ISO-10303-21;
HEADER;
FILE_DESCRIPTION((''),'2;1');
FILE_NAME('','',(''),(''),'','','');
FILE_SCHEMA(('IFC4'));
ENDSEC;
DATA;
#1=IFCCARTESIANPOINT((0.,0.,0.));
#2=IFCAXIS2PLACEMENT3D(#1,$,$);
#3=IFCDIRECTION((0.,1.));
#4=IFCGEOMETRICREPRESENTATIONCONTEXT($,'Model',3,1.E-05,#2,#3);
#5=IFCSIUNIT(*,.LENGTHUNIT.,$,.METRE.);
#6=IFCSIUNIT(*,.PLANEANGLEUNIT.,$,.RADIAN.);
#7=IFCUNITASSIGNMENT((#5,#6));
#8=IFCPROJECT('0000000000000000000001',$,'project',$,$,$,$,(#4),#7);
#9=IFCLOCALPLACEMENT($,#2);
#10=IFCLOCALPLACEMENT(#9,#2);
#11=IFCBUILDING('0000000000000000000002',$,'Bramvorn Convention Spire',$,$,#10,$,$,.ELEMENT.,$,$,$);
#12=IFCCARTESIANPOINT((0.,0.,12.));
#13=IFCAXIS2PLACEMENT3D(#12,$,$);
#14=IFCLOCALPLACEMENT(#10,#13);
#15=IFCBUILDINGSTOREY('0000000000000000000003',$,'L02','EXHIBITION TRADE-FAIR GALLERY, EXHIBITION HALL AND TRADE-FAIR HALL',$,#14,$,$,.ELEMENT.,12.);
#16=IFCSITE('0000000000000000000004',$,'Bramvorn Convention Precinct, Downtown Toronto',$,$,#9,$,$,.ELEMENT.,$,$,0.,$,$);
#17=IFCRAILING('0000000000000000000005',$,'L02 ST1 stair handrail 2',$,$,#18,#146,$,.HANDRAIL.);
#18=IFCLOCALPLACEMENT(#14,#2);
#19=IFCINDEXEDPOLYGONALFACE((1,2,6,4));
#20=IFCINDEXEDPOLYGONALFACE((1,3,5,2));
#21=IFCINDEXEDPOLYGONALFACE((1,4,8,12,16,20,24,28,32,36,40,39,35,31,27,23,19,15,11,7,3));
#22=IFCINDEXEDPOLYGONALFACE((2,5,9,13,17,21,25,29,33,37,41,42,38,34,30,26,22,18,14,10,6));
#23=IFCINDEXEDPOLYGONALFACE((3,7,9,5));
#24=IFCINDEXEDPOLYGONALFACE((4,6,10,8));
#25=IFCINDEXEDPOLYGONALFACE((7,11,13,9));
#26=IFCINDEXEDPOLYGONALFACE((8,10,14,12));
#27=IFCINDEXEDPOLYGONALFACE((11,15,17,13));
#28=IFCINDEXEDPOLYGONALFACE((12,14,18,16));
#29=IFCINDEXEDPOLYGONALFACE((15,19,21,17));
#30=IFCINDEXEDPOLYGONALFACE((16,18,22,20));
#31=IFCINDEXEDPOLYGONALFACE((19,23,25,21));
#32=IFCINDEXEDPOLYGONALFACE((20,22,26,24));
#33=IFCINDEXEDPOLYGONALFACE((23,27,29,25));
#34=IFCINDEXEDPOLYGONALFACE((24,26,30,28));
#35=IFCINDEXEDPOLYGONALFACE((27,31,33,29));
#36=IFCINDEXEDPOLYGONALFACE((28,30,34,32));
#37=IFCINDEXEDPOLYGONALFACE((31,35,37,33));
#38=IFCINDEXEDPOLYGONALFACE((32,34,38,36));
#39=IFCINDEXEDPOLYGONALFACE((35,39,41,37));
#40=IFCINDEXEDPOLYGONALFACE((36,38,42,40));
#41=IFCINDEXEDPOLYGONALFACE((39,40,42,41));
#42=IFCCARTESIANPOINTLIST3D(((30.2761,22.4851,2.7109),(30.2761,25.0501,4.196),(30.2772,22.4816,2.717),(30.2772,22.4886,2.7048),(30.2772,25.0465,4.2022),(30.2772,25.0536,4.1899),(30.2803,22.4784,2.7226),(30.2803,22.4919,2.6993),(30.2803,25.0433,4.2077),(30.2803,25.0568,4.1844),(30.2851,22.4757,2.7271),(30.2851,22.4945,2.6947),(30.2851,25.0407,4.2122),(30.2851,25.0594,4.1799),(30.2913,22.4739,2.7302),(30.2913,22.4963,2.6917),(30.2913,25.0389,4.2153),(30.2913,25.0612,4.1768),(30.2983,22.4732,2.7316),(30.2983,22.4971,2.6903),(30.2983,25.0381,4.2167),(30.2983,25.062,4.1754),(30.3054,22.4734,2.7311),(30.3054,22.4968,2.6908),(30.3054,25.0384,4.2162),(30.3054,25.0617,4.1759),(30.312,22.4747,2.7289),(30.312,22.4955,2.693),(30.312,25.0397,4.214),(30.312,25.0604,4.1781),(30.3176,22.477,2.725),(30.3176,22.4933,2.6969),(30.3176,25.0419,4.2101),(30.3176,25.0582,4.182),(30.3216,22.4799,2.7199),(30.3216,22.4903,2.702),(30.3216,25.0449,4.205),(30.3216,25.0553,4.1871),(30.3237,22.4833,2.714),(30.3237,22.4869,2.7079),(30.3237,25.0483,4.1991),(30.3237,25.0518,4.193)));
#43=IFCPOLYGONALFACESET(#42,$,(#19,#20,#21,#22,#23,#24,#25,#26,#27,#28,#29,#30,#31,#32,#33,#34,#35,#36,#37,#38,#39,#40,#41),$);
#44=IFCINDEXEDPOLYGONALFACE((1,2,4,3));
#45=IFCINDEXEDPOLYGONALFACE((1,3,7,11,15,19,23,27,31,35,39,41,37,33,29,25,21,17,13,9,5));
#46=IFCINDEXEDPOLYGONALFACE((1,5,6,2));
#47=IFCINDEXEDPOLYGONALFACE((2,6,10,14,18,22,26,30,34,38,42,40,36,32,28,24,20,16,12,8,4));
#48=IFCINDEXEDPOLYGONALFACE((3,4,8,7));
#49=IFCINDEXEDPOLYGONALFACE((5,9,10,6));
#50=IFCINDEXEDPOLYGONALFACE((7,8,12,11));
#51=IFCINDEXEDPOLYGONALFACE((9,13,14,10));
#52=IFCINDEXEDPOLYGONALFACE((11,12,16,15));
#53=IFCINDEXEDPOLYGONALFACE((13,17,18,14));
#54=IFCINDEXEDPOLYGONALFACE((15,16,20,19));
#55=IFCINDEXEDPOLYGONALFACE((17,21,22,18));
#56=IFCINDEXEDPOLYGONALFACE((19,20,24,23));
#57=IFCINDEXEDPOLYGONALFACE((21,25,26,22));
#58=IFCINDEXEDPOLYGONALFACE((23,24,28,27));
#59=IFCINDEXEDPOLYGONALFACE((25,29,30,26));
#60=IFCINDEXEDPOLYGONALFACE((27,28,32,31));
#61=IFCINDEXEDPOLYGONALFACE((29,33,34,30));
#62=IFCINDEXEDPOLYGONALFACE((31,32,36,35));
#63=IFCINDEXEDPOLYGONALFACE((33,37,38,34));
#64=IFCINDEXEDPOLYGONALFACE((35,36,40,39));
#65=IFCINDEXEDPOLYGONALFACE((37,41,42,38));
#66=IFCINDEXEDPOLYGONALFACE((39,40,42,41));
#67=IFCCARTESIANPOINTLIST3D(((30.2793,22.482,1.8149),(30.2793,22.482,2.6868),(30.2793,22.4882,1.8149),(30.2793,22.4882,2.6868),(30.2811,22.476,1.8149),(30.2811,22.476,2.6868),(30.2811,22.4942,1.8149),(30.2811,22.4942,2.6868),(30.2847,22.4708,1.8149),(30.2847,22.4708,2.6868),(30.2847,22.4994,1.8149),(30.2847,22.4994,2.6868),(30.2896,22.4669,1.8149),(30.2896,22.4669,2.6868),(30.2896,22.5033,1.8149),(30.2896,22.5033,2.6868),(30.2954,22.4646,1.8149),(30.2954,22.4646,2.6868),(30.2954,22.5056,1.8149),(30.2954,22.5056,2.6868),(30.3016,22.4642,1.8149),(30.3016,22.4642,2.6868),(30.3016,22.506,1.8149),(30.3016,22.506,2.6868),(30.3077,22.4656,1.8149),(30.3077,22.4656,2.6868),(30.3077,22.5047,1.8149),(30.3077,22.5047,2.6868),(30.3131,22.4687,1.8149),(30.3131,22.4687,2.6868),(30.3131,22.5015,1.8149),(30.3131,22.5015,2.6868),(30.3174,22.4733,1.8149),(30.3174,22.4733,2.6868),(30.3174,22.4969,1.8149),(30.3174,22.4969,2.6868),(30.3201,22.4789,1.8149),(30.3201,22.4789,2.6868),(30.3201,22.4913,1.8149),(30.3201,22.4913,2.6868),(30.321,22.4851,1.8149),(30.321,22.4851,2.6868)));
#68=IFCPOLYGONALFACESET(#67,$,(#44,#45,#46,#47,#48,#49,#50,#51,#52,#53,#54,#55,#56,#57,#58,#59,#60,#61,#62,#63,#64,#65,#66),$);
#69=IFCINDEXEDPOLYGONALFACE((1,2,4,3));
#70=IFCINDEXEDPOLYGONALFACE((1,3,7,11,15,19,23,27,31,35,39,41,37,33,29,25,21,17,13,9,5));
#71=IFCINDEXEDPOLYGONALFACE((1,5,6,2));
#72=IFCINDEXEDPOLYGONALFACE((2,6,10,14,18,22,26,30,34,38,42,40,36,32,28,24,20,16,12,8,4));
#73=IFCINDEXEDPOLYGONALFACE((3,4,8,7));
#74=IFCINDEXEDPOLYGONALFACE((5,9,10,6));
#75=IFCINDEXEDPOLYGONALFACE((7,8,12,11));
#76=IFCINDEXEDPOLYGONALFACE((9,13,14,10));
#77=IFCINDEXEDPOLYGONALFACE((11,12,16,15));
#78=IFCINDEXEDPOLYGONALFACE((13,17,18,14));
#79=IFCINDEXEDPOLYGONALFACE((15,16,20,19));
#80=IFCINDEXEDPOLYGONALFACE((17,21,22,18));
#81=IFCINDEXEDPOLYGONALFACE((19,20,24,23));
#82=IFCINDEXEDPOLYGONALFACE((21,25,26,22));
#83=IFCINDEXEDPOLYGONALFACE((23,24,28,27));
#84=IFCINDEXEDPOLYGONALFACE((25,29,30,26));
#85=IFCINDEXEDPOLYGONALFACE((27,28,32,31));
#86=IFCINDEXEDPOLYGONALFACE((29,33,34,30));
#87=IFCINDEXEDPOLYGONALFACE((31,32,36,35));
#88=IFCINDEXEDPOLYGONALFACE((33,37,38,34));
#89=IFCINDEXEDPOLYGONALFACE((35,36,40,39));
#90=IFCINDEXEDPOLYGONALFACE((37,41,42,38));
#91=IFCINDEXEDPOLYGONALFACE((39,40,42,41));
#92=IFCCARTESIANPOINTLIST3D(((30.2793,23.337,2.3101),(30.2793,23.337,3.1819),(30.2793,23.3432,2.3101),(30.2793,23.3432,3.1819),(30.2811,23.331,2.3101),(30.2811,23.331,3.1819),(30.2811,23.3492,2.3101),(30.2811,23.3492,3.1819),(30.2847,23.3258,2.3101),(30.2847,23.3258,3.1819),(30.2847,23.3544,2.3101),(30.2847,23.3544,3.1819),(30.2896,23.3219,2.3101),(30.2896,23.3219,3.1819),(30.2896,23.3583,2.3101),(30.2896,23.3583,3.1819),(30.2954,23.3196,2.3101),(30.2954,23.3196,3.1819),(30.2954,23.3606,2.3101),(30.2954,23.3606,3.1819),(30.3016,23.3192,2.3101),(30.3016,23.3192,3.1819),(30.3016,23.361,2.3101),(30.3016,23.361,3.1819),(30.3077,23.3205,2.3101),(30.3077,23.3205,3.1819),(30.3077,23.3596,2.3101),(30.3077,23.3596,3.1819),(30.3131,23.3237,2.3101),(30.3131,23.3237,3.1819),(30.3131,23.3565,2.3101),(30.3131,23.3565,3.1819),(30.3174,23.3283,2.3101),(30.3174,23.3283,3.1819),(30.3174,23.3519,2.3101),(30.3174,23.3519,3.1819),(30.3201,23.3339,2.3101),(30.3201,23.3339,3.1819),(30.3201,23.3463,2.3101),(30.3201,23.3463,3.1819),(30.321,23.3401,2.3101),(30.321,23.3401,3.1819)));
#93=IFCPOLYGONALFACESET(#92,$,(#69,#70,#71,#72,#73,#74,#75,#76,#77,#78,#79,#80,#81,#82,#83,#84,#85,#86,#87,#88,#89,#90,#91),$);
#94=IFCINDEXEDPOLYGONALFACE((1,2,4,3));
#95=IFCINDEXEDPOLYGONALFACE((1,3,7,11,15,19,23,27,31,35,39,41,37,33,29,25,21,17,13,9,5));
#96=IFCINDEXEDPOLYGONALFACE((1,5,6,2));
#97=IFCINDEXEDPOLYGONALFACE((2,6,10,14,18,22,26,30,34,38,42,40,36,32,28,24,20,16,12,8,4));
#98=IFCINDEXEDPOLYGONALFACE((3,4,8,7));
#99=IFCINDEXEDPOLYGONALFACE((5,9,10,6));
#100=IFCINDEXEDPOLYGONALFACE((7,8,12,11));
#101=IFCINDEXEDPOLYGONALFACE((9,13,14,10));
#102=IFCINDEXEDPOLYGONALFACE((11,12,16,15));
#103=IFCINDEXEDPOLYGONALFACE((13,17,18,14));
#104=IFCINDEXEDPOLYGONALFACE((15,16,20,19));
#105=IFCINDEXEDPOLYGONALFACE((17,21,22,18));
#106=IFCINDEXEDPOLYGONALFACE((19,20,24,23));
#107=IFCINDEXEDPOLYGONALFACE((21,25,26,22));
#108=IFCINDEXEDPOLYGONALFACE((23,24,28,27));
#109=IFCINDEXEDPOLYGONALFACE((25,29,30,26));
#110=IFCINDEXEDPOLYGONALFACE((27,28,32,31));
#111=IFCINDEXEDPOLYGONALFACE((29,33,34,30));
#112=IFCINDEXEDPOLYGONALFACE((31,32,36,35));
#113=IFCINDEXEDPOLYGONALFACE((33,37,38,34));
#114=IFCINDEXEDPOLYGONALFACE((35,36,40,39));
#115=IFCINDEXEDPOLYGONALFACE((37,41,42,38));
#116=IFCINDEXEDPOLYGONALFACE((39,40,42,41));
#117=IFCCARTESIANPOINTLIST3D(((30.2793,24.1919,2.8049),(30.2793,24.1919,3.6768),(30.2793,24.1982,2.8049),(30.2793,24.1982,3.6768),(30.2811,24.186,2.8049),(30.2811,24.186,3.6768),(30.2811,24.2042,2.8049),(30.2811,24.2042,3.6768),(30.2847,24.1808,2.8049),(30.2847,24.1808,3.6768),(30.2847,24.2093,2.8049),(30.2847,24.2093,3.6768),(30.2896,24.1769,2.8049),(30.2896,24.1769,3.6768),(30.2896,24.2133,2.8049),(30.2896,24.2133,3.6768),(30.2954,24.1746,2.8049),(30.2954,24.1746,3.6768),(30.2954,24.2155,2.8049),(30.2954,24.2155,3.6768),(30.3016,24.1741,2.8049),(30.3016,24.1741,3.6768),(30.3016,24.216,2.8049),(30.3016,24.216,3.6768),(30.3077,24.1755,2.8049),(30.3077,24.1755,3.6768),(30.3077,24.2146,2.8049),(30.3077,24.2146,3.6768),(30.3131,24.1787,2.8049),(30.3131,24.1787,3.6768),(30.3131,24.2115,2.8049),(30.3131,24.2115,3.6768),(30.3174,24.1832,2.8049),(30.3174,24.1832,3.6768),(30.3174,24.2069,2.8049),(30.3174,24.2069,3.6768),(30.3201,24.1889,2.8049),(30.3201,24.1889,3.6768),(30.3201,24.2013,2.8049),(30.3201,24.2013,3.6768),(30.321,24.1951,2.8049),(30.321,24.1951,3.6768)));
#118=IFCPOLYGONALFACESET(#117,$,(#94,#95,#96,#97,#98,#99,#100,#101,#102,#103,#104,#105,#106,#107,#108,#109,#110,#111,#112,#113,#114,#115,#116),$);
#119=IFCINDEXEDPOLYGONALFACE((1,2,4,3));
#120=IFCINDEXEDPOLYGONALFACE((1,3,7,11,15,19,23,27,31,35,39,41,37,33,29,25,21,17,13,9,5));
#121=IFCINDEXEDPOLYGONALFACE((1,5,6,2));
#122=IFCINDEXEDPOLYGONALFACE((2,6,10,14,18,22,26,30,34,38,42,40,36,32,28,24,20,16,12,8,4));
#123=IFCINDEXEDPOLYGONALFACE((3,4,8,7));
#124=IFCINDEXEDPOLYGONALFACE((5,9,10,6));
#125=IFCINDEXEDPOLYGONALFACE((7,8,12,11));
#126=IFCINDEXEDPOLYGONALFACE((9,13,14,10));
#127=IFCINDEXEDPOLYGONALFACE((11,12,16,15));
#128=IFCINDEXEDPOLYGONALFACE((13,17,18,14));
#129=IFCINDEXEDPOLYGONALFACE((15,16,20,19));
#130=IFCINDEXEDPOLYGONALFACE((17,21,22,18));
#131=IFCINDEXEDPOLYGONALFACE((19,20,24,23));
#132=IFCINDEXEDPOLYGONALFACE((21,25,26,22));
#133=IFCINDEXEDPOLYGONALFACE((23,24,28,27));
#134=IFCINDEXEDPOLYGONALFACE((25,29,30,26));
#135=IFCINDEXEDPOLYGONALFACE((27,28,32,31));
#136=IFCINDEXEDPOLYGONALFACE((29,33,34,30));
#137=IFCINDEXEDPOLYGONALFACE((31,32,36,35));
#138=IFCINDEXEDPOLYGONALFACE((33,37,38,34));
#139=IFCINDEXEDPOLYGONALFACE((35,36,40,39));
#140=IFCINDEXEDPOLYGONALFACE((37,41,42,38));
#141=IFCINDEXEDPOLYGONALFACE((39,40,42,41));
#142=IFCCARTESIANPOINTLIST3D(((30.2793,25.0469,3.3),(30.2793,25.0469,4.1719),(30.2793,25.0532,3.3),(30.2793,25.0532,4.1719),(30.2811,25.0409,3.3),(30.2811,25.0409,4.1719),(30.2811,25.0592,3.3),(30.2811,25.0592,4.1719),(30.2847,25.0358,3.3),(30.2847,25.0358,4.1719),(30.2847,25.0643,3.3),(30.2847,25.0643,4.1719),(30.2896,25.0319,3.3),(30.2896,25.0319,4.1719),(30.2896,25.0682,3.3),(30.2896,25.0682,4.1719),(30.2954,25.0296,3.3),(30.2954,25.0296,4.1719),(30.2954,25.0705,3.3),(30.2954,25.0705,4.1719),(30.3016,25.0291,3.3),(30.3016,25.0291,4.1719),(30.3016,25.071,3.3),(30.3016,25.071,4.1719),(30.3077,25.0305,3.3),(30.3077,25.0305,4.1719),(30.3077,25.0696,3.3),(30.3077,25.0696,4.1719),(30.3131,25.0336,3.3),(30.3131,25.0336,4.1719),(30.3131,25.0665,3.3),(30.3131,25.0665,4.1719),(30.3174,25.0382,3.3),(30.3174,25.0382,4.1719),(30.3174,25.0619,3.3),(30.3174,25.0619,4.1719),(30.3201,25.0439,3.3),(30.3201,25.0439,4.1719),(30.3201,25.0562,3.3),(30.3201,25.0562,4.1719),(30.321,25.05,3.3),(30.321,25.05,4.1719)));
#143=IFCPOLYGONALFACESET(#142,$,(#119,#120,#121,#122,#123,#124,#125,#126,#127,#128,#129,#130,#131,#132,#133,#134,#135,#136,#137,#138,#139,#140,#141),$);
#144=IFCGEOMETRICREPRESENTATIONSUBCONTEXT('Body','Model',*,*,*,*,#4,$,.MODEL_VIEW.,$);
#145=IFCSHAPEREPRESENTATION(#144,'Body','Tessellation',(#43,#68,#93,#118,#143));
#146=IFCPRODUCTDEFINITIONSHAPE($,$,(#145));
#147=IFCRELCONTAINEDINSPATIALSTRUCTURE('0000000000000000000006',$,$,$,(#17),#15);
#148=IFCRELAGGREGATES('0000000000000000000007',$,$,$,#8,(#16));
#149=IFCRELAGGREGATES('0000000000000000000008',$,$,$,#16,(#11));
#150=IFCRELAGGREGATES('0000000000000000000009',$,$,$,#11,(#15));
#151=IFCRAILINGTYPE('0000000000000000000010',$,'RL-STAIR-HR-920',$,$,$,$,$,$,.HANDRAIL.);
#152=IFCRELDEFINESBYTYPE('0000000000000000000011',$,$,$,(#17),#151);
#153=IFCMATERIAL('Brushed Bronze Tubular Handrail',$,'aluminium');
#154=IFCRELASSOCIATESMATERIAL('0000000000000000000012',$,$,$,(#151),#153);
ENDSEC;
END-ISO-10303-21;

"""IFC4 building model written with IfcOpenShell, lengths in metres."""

from ifc_helpers import new_model, si_unit, direction, frame, origin, origin_2d, place, context, subcontext, project, spatial, circle, extrude, material, type_object, element, save


model = new_model("IFC4")

# Units and contexts
model_context = context("Model", 3, precision=1e-05, world=origin(), true_north=direction((0.0, 1.0)))
body_context = subcontext(model_context, "Body", "Model", "MODEL_VIEW")
ifc_project = project(units=[si_unit("LENGTHUNIT", "METRE"), si_unit("PLANEANGLEUNIT", "RADIAN")], contexts=[model_context])

# Site, building, storey
site_placement = place(None, origin())
site = spatial("IfcSite", under=ifc_project, at=site_placement, Name="Bramvorn Convention Precinct, Downtown Toronto", CompositionType="ELEMENT", RefElevation=0.0)
building_placement = place(site_placement, origin())
building = spatial("IfcBuilding", under=site, at=building_placement, Name="Bramvorn Convention Spire", CompositionType="ELEMENT")
storey_placement = place(building_placement, frame((0.0, 0.0, 12.0)))
storey = spatial("IfcBuildingStorey", under=building, at=storey_placement, Name="L02", Description="EXHIBITION TRADE-FAIR GALLERY, EXHIBITION HALL AND TRADE-FAIR HALL", CompositionType="ELEMENT", Elevation=12.0)

# Railing
ifc_material_1 = material(Name="Brushed Bronze Tubular Handrail", Category="aluminium")
railing_type_1 = type_object("IfcRailingType", Name="RL-STAIR-HR-920", PredefinedType="HANDRAIL", material=ifc_material_1)
railing_1_placement = place(storey_placement, frame((30.3, 22.4851, 1.8149)))
element("IfcRailing", 1, at=railing_1_placement, inside=storey, type_object=railing_type_1, Name="L02 ST1 stair handrail 2", PredefinedType="HANDRAIL", context=body_context, shape_type="SweptSolid", body=[
    extrude(circle(Radius=0.0239, at=origin_2d()), frame((0.0, 0.0, 0.896), z_axis=(0.0, 0.865406, 0.501072), x_axis=(-1.0, 0.0, 0.0)), (0.0, 0.0, 1.0), 2.9639),
    extrude(circle(Radius=0.021, at=origin_2d()), origin(), (0.0, 0.0, 1.0), 0.8718),
    extrude(circle(Radius=0.021, at=origin_2d()), frame((0.0, 0.855, 0.4951)), (0.0, 0.0, 1.0), 0.8718),
    extrude(circle(Radius=0.021, at=origin_2d()), frame((0.0, 1.71, 0.99)), (0.0, 0.0, 1.0), 0.8718),
    extrude(circle(Radius=0.021, at=origin_2d()), frame((0.0, 2.5649, 1.4851)), (0.0, 0.0, 1.0), 0.8718),
])

save(model, "model.ifc")
